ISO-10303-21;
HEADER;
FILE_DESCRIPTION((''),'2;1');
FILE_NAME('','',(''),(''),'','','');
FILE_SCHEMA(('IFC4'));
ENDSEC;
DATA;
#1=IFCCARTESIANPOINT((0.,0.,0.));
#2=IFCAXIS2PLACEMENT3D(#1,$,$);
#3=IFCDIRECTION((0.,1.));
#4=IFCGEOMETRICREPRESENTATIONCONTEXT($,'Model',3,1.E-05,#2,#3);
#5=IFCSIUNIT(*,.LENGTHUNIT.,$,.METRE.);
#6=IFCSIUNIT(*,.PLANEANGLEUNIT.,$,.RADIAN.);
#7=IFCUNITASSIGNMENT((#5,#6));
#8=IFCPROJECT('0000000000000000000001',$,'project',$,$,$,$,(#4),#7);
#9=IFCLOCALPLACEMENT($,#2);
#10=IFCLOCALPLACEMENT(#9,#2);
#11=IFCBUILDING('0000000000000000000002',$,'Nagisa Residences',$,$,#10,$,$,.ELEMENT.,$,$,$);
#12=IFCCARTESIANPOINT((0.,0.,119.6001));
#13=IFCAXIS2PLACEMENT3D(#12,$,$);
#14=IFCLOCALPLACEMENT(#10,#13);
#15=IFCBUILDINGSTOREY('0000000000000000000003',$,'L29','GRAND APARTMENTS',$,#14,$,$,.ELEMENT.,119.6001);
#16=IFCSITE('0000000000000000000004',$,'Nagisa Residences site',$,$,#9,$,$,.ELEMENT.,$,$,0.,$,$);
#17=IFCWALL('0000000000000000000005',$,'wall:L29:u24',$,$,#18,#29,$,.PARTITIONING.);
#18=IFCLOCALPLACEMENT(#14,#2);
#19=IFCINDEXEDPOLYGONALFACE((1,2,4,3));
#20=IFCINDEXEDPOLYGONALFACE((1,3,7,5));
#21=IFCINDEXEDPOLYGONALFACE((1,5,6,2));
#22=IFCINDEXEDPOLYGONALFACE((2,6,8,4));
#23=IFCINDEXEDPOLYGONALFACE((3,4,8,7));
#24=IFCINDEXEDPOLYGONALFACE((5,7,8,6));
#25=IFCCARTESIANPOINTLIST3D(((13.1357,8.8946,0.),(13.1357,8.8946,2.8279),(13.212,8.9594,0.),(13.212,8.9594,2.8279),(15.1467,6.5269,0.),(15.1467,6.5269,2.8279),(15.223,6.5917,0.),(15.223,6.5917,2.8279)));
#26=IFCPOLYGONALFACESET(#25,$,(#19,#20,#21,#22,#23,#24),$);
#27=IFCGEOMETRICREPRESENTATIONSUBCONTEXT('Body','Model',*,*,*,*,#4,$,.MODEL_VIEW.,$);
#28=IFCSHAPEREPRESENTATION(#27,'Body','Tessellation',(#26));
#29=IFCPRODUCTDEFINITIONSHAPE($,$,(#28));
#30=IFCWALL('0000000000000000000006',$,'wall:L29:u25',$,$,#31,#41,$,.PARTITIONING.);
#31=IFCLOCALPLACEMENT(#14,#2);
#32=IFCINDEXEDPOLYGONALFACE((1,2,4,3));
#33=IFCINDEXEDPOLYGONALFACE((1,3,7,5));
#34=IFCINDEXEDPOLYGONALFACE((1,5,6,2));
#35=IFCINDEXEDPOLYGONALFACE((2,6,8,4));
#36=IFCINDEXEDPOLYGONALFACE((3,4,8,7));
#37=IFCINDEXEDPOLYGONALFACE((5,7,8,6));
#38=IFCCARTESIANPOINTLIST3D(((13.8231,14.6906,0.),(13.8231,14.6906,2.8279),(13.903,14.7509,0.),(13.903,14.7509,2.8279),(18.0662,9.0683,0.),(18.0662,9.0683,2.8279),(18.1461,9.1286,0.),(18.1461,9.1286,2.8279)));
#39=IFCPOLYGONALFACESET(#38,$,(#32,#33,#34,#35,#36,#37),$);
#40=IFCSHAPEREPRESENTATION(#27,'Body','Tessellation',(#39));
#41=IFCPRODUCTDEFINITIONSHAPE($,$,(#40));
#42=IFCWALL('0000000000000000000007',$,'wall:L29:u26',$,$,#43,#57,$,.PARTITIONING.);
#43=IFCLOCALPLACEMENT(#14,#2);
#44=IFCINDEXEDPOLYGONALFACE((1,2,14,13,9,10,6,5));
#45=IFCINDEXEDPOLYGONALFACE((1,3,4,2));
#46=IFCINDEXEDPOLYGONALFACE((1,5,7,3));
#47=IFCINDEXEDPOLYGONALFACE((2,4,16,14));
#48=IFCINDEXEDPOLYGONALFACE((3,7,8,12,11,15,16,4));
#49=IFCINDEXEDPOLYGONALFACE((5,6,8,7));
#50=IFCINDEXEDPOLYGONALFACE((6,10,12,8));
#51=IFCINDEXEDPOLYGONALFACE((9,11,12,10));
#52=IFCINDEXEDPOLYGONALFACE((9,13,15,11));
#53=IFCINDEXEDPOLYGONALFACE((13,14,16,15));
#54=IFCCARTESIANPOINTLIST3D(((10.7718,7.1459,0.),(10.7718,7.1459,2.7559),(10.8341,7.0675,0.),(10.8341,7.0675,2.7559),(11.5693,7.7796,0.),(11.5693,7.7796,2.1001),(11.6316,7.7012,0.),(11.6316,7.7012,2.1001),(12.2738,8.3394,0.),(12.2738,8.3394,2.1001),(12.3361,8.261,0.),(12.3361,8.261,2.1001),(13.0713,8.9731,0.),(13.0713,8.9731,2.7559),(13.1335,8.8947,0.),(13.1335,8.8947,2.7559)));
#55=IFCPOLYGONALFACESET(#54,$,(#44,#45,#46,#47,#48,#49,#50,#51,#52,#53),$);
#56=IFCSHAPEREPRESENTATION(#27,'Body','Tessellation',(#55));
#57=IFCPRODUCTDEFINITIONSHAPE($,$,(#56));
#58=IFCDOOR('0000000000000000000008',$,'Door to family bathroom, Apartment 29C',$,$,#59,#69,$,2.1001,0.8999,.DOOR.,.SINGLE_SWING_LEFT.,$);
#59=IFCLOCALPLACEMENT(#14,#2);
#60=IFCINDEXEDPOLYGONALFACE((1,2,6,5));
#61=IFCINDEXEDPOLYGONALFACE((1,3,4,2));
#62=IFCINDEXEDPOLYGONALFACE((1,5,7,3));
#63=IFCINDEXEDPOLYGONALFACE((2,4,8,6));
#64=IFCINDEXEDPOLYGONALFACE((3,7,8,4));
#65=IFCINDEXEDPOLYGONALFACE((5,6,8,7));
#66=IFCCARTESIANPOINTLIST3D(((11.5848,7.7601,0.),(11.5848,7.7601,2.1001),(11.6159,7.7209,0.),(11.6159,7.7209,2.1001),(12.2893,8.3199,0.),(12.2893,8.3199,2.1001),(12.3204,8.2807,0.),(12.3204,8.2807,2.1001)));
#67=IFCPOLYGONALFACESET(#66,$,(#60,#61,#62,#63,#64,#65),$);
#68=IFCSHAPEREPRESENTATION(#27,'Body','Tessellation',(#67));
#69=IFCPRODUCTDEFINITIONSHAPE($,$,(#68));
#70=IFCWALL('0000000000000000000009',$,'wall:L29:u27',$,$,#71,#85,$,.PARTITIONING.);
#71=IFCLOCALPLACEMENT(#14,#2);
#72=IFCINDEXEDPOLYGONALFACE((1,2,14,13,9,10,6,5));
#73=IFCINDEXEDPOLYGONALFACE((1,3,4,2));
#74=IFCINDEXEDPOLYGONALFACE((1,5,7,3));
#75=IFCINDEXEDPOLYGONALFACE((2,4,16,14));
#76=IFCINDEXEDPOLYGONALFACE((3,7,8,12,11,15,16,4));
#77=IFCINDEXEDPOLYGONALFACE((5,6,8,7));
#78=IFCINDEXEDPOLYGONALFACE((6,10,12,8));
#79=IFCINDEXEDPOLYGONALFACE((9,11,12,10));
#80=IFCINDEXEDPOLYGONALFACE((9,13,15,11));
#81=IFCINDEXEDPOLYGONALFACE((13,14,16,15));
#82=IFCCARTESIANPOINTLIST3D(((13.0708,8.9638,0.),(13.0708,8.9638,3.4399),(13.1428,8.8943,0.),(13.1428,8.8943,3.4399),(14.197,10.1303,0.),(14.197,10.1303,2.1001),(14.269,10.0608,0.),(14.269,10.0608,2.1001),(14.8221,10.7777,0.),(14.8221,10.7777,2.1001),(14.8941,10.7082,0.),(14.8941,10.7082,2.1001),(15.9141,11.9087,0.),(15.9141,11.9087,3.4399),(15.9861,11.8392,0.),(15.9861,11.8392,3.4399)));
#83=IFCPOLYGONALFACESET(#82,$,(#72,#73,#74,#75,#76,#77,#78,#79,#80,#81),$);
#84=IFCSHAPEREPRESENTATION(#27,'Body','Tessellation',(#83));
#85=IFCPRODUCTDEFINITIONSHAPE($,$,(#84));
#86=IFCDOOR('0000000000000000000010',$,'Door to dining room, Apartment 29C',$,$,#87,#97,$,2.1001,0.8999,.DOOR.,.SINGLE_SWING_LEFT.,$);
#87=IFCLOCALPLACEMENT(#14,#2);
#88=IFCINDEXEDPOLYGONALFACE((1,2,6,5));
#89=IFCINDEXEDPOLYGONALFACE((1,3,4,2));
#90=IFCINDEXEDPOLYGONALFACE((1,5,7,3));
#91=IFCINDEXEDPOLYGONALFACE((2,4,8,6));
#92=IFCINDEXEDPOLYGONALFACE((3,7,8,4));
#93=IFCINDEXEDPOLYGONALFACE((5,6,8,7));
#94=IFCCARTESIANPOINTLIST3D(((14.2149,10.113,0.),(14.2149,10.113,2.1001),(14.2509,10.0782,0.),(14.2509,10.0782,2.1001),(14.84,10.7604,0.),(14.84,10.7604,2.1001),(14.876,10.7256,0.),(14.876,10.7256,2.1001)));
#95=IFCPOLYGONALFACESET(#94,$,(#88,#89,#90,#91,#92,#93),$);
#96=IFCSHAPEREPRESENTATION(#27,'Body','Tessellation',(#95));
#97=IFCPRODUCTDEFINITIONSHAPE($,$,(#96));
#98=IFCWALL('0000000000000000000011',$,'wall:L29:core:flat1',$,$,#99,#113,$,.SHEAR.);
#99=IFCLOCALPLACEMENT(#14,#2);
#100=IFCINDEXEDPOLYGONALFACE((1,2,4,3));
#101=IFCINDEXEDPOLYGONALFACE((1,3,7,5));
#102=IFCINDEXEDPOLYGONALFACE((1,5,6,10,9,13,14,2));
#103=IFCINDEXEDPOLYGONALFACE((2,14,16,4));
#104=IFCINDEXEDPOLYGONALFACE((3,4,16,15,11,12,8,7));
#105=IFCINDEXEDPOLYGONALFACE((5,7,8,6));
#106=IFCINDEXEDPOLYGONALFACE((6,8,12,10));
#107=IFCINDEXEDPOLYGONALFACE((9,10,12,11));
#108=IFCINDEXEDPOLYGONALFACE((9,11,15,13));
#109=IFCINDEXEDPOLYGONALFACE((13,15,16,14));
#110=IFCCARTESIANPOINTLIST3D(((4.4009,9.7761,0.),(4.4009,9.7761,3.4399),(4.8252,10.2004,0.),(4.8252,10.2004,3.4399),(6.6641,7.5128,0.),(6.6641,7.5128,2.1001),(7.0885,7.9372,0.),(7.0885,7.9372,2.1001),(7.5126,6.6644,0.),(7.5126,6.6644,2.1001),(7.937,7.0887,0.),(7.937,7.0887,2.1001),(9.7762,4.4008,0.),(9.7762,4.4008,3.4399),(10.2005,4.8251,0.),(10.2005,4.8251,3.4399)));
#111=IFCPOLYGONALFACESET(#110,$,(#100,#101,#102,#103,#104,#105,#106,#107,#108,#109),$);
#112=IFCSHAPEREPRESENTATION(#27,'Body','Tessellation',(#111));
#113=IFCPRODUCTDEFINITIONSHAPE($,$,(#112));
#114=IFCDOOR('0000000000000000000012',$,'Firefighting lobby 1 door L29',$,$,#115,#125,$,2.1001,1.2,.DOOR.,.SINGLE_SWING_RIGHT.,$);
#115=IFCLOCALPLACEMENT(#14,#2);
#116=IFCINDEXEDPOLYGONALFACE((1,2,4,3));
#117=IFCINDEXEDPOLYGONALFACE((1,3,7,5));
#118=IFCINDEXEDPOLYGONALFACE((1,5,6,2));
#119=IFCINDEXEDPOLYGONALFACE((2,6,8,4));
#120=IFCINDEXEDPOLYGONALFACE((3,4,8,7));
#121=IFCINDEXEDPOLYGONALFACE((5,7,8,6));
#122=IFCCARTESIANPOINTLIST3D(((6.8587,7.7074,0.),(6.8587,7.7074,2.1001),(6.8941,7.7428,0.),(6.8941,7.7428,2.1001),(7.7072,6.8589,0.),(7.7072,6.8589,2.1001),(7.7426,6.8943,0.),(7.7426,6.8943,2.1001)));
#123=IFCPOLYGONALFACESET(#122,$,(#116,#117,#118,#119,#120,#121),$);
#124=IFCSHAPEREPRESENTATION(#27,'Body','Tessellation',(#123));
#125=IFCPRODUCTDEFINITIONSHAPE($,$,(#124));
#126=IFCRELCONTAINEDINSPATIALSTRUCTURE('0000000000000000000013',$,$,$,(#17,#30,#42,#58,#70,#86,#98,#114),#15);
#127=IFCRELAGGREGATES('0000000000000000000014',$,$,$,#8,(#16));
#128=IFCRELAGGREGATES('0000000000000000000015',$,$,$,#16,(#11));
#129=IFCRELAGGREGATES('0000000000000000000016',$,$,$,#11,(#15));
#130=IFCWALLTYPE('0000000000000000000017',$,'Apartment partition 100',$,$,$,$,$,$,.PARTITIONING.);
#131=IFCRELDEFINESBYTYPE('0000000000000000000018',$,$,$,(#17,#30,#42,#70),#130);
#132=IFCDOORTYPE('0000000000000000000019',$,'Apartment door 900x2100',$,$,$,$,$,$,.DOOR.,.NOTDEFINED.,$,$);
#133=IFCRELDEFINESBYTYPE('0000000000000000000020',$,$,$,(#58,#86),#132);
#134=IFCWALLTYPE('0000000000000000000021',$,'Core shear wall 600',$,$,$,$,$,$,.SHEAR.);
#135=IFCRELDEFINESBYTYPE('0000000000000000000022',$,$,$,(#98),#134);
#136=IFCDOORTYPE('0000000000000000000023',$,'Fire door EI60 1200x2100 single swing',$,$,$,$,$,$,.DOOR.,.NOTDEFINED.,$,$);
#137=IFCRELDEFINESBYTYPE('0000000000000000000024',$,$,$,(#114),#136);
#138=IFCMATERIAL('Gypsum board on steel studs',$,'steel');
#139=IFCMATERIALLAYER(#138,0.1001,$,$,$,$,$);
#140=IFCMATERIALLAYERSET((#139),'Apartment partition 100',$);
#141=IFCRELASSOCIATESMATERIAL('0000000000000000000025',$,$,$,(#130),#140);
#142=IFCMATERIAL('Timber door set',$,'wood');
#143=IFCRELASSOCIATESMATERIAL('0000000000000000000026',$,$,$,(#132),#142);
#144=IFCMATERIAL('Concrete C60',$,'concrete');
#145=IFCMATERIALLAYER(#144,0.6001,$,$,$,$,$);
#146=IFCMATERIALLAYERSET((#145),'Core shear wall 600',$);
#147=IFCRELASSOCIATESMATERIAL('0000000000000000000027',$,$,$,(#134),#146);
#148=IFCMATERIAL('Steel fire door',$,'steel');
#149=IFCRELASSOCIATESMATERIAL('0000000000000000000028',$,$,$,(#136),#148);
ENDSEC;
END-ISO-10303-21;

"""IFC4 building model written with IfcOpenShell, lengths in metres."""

from ifc_helpers import new_model, si_unit, direction, frame, frame_2d, origin, place, context, subcontext, project, spatial, rectangle, extrude, material, layer, layer_set, type_object, element, fill, save


model = new_model("IFC4")

# Units and contexts
model_context = context("Model", 3, precision=1e-05, world=origin(), true_north=direction((0.0, 1.0)))
body_context = subcontext(model_context, "Body", "Model", "MODEL_VIEW")
ifc_project = project(units=[si_unit("LENGTHUNIT", "METRE"), si_unit("PLANEANGLEUNIT", "RADIAN")], contexts=[model_context])

# Site, building, storey
site_placement = place(None, origin())
site = spatial("IfcSite", under=ifc_project, at=site_placement, Name="Nagisa Residences site", CompositionType="ELEMENT", RefElevation=0.0)
building_placement = place(site_placement, origin())
building = spatial("IfcBuilding", under=site, at=building_placement, Name="Nagisa Residences", CompositionType="ELEMENT")
storey_placement = place(building_placement, frame((0.0, 0.0, 119.6001)))
storey = spatial("IfcBuildingStorey", under=building, at=storey_placement, Name="L29", Description="GRAND APARTMENTS", CompositionType="ELEMENT", Elevation=119.6001)

# Shared definitions
ifc_material_1 = material(Name="Gypsum board on steel studs", Category="steel")
ifc_layer_1 = layer(ifc_material_1, 0.1001)
ifc_layer_set_1 = layer_set([ifc_layer_1], Name="Apartment partition 100")
wall_type_1 = type_object("IfcWallType", Name="Apartment partition 100", PredefinedType="PARTITIONING", material=ifc_layer_set_1)
ifc_material_2 = material(Name="Timber door set", Category="wood")
door_type_1 = type_object("IfcDoorType", Name="Apartment door 900x2100", OperationType="NOTDEFINED", PredefinedType="DOOR", material=ifc_material_2)

# Walls
wall_1_placement = place(storey_placement, frame((15.1848, 6.5593, 0.0), z_axis=(0.0, 0.0, 1.0), x_axis=(-0.647361, 0.762184, 0.0)))
element("IfcWall", 1, at=wall_1_placement, inside=storey, type_object=wall_type_1, Name="wall:L29:u24", PredefinedType="PARTITIONING", context=body_context, shape_type="SweptSolid", body=[
    extrude(rectangle(XDim=3.1064, YDim=0.1001, at=frame_2d((1.5532, 0.0))), origin(), (0.0, 0.0, 1.0), 2.8279),
])
wall_2_placement = place(storey_placement, frame((18.1062, 9.0984, 0.0), z_axis=(0.0, 0.0, 1.0), x_axis=(-0.602399, 0.798195, 0.0)))
element("IfcWall", 2, at=wall_2_placement, inside=storey, type_object=wall_type_1, Name="wall:L29:u25", PredefinedType="PARTITIONING", context=body_context, shape_type="SweptSolid", body=[
    extrude(rectangle(XDim=7.0437, YDim=0.1001, at=frame_2d((3.522, 0.0))), origin(), (0.0, 0.0, 1.0), 2.8279),
])

# Walls, openings, doors
wall_3_placement = place(storey_placement, frame((10.803, 7.1067, 0.0), z_axis=(0.0, 0.0, 1.0), x_axis=(0.782908, 0.622137, 0.0)))
wall_3 = element("IfcWall", 3, at=wall_3_placement, inside=storey, type_object=wall_type_1, Name="wall:L29:u26", PredefinedType="PARTITIONING", context=body_context, shape_type="SweptSolid", body=[
    extrude(rectangle(XDim=2.937, YDim=0.1001, at=frame_2d((1.4685, 0.0))), origin(), (0.0, 0.0, 1.0), 2.7559),
])
opening_1_placement = place(wall_3_placement, frame((1.0186, 0.0, 0.0)))
opening_1 = element("IfcOpeningElement", 4, at=opening_1_placement, cuts=wall_3, PredefinedType="OPENING", context=body_context, shape_type="SweptSolid", body=[
    extrude(rectangle(XDim=0.8999, YDim=2.1001, at=frame_2d((0.45, 1.05))), frame((0.0, 0.0601, 0.0), z_axis=(0.0, -1.0, 0.0), x_axis=(1.0, 0.0, 0.0)), (0.0, 0.0, 1.0), 0.1201),
])
door_1_placement = place(opening_1_placement, frame((0.8999, 0.0, 0.0), x_axis=(-1.0, 0.0, 0.0)))
door_1 = element("IfcDoor", 5, at=door_1_placement, inside=storey, type_object=door_type_1, Name="Door to family bathroom, Apartment 29C", OperationType="SINGLE_SWING_LEFT", OverallHeight=2.1001, OverallWidth=0.8999, PredefinedType="DOOR", context=body_context, shape_type="SweptSolid", body=[
    extrude(rectangle(XDim=0.8999, YDim=2.1001, at=frame_2d((0.45, 1.05))), frame((0.0, 0.0249, 0.0), z_axis=(0.0, -1.0, 0.0), x_axis=(1.0, 0.0, 0.0)), (0.0, 0.0, 1.0), 0.05),
])
fill(opening_1, door_1)
wall_4_placement = place(storey_placement, frame((13.1067, 8.929, 0.0), z_axis=(0.0, 0.0, 1.0), x_axis=(0.694592, 0.719404, 0.0)))
wall_4 = element("IfcWall", 6, at=wall_4_placement, inside=storey, type_object=wall_type_1, Name="wall:L29:u27", PredefinedType="PARTITIONING", context=body_context, shape_type="SweptSolid", body=[
    extrude(rectangle(XDim=4.0935, YDim=0.1001, at=frame_2d((2.0469, 0.0))), origin(), (0.0, 0.0, 1.0), 3.4399),
])
opening_2_placement = place(wall_4_placement, frame((1.6216, 0.0, 0.0)))
opening_2 = element("IfcOpeningElement", 7, at=opening_2_placement, cuts=wall_4, PredefinedType="OPENING", context=body_context, shape_type="SweptSolid", body=[
    extrude(rectangle(XDim=0.8999, YDim=2.1001, at=frame_2d((0.45, 1.05))), frame((0.0, 0.0601, 0.0), z_axis=(0.0, -1.0, 0.0), x_axis=(1.0, 0.0, 0.0)), (0.0, 0.0, 1.0), 0.1201),
])
door_2_placement = place(opening_2_placement, frame((0.8999, 0.0, 0.0), x_axis=(-1.0, 0.0, 0.0)))
door_2 = element("IfcDoor", 8, at=door_2_placement, inside=storey, type_object=door_type_1, Name="Door to dining room, Apartment 29C", OperationType="SINGLE_SWING_LEFT", OverallHeight=2.1001, OverallWidth=0.8999, PredefinedType="DOOR", context=body_context, shape_type="SweptSolid", body=[
    extrude(rectangle(XDim=0.8999, YDim=2.1001, at=frame_2d((0.45, 1.05))), frame((0.0, 0.0249, 0.0), z_axis=(0.0, -1.0, 0.0), x_axis=(1.0, 0.0, 0.0)), (0.0, 0.0, 1.0), 0.05),
])
fill(opening_2, door_2)
ifc_material_3 = material(Name="Concrete C60", Category="concrete")
ifc_layer_2 = layer(ifc_material_3, 0.6001)
ifc_layer_set_2 = layer_set([ifc_layer_2], Name="Core shear wall 600")
wall_type_2 = type_object("IfcWallType", Name="Core shear wall 600", PredefinedType="SHEAR", material=ifc_layer_set_2)
wall_5_placement = place(storey_placement, frame((9.9883, 4.613, 0.0), z_axis=(0.0, 0.0, 1.0), x_axis=(-0.707107, 0.707107, 0.0)))
wall_5 = element("IfcWall", 9, at=wall_5_placement, inside=storey, type_object=wall_type_2, Name="wall:L29:core:flat1", PredefinedType="SHEAR", context=body_context, shape_type="SweptSolid", body=[
    extrude(rectangle(XDim=7.6018, YDim=0.6001, at=frame_2d((3.8008, 0.0))), origin(), (0.0, 0.0, 1.0), 3.4399),
])
opening_3_placement = place(wall_5_placement, frame((3.2009, 0.0, 0.0)))
opening_3 = element("IfcOpeningElement", 10, at=opening_3_placement, cuts=wall_5, PredefinedType="OPENING", context=body_context, shape_type="SweptSolid", body=[
    extrude(rectangle(XDim=1.2, YDim=2.1001, at=frame_2d((0.6001, 1.05))), frame((0.0, 0.3101, 0.0), z_axis=(0.0, -1.0, 0.0), x_axis=(1.0, 0.0, 0.0)), (0.0, 0.0, 1.0), 0.6201),
])
ifc_material_4 = material(Name="Steel fire door", Category="steel")
door_type_2 = type_object("IfcDoorType", Name="Fire door EI60 1200x2100 single swing", OperationType="NOTDEFINED", PredefinedType="DOOR", material=ifc_material_4)
door_3_placement = place(opening_3_placement, origin())
door_3 = element("IfcDoor", 11, at=door_3_placement, inside=storey, type_object=door_type_2, Name="Firefighting lobby 1 door L29", OperationType="SINGLE_SWING_RIGHT", OverallHeight=2.1001, OverallWidth=1.2, PredefinedType="DOOR", context=body_context, shape_type="SweptSolid", body=[
    extrude(rectangle(XDim=1.2, YDim=2.1001, at=frame_2d((0.6001, 1.05))), frame((0.0, 0.0249, 0.0), z_axis=(0.0, -1.0, 0.0), x_axis=(1.0, 0.0, 0.0)), (0.0, 0.0, 1.0), 0.05),
])
fill(opening_3, door_3)

save(model, "model.ifc")
